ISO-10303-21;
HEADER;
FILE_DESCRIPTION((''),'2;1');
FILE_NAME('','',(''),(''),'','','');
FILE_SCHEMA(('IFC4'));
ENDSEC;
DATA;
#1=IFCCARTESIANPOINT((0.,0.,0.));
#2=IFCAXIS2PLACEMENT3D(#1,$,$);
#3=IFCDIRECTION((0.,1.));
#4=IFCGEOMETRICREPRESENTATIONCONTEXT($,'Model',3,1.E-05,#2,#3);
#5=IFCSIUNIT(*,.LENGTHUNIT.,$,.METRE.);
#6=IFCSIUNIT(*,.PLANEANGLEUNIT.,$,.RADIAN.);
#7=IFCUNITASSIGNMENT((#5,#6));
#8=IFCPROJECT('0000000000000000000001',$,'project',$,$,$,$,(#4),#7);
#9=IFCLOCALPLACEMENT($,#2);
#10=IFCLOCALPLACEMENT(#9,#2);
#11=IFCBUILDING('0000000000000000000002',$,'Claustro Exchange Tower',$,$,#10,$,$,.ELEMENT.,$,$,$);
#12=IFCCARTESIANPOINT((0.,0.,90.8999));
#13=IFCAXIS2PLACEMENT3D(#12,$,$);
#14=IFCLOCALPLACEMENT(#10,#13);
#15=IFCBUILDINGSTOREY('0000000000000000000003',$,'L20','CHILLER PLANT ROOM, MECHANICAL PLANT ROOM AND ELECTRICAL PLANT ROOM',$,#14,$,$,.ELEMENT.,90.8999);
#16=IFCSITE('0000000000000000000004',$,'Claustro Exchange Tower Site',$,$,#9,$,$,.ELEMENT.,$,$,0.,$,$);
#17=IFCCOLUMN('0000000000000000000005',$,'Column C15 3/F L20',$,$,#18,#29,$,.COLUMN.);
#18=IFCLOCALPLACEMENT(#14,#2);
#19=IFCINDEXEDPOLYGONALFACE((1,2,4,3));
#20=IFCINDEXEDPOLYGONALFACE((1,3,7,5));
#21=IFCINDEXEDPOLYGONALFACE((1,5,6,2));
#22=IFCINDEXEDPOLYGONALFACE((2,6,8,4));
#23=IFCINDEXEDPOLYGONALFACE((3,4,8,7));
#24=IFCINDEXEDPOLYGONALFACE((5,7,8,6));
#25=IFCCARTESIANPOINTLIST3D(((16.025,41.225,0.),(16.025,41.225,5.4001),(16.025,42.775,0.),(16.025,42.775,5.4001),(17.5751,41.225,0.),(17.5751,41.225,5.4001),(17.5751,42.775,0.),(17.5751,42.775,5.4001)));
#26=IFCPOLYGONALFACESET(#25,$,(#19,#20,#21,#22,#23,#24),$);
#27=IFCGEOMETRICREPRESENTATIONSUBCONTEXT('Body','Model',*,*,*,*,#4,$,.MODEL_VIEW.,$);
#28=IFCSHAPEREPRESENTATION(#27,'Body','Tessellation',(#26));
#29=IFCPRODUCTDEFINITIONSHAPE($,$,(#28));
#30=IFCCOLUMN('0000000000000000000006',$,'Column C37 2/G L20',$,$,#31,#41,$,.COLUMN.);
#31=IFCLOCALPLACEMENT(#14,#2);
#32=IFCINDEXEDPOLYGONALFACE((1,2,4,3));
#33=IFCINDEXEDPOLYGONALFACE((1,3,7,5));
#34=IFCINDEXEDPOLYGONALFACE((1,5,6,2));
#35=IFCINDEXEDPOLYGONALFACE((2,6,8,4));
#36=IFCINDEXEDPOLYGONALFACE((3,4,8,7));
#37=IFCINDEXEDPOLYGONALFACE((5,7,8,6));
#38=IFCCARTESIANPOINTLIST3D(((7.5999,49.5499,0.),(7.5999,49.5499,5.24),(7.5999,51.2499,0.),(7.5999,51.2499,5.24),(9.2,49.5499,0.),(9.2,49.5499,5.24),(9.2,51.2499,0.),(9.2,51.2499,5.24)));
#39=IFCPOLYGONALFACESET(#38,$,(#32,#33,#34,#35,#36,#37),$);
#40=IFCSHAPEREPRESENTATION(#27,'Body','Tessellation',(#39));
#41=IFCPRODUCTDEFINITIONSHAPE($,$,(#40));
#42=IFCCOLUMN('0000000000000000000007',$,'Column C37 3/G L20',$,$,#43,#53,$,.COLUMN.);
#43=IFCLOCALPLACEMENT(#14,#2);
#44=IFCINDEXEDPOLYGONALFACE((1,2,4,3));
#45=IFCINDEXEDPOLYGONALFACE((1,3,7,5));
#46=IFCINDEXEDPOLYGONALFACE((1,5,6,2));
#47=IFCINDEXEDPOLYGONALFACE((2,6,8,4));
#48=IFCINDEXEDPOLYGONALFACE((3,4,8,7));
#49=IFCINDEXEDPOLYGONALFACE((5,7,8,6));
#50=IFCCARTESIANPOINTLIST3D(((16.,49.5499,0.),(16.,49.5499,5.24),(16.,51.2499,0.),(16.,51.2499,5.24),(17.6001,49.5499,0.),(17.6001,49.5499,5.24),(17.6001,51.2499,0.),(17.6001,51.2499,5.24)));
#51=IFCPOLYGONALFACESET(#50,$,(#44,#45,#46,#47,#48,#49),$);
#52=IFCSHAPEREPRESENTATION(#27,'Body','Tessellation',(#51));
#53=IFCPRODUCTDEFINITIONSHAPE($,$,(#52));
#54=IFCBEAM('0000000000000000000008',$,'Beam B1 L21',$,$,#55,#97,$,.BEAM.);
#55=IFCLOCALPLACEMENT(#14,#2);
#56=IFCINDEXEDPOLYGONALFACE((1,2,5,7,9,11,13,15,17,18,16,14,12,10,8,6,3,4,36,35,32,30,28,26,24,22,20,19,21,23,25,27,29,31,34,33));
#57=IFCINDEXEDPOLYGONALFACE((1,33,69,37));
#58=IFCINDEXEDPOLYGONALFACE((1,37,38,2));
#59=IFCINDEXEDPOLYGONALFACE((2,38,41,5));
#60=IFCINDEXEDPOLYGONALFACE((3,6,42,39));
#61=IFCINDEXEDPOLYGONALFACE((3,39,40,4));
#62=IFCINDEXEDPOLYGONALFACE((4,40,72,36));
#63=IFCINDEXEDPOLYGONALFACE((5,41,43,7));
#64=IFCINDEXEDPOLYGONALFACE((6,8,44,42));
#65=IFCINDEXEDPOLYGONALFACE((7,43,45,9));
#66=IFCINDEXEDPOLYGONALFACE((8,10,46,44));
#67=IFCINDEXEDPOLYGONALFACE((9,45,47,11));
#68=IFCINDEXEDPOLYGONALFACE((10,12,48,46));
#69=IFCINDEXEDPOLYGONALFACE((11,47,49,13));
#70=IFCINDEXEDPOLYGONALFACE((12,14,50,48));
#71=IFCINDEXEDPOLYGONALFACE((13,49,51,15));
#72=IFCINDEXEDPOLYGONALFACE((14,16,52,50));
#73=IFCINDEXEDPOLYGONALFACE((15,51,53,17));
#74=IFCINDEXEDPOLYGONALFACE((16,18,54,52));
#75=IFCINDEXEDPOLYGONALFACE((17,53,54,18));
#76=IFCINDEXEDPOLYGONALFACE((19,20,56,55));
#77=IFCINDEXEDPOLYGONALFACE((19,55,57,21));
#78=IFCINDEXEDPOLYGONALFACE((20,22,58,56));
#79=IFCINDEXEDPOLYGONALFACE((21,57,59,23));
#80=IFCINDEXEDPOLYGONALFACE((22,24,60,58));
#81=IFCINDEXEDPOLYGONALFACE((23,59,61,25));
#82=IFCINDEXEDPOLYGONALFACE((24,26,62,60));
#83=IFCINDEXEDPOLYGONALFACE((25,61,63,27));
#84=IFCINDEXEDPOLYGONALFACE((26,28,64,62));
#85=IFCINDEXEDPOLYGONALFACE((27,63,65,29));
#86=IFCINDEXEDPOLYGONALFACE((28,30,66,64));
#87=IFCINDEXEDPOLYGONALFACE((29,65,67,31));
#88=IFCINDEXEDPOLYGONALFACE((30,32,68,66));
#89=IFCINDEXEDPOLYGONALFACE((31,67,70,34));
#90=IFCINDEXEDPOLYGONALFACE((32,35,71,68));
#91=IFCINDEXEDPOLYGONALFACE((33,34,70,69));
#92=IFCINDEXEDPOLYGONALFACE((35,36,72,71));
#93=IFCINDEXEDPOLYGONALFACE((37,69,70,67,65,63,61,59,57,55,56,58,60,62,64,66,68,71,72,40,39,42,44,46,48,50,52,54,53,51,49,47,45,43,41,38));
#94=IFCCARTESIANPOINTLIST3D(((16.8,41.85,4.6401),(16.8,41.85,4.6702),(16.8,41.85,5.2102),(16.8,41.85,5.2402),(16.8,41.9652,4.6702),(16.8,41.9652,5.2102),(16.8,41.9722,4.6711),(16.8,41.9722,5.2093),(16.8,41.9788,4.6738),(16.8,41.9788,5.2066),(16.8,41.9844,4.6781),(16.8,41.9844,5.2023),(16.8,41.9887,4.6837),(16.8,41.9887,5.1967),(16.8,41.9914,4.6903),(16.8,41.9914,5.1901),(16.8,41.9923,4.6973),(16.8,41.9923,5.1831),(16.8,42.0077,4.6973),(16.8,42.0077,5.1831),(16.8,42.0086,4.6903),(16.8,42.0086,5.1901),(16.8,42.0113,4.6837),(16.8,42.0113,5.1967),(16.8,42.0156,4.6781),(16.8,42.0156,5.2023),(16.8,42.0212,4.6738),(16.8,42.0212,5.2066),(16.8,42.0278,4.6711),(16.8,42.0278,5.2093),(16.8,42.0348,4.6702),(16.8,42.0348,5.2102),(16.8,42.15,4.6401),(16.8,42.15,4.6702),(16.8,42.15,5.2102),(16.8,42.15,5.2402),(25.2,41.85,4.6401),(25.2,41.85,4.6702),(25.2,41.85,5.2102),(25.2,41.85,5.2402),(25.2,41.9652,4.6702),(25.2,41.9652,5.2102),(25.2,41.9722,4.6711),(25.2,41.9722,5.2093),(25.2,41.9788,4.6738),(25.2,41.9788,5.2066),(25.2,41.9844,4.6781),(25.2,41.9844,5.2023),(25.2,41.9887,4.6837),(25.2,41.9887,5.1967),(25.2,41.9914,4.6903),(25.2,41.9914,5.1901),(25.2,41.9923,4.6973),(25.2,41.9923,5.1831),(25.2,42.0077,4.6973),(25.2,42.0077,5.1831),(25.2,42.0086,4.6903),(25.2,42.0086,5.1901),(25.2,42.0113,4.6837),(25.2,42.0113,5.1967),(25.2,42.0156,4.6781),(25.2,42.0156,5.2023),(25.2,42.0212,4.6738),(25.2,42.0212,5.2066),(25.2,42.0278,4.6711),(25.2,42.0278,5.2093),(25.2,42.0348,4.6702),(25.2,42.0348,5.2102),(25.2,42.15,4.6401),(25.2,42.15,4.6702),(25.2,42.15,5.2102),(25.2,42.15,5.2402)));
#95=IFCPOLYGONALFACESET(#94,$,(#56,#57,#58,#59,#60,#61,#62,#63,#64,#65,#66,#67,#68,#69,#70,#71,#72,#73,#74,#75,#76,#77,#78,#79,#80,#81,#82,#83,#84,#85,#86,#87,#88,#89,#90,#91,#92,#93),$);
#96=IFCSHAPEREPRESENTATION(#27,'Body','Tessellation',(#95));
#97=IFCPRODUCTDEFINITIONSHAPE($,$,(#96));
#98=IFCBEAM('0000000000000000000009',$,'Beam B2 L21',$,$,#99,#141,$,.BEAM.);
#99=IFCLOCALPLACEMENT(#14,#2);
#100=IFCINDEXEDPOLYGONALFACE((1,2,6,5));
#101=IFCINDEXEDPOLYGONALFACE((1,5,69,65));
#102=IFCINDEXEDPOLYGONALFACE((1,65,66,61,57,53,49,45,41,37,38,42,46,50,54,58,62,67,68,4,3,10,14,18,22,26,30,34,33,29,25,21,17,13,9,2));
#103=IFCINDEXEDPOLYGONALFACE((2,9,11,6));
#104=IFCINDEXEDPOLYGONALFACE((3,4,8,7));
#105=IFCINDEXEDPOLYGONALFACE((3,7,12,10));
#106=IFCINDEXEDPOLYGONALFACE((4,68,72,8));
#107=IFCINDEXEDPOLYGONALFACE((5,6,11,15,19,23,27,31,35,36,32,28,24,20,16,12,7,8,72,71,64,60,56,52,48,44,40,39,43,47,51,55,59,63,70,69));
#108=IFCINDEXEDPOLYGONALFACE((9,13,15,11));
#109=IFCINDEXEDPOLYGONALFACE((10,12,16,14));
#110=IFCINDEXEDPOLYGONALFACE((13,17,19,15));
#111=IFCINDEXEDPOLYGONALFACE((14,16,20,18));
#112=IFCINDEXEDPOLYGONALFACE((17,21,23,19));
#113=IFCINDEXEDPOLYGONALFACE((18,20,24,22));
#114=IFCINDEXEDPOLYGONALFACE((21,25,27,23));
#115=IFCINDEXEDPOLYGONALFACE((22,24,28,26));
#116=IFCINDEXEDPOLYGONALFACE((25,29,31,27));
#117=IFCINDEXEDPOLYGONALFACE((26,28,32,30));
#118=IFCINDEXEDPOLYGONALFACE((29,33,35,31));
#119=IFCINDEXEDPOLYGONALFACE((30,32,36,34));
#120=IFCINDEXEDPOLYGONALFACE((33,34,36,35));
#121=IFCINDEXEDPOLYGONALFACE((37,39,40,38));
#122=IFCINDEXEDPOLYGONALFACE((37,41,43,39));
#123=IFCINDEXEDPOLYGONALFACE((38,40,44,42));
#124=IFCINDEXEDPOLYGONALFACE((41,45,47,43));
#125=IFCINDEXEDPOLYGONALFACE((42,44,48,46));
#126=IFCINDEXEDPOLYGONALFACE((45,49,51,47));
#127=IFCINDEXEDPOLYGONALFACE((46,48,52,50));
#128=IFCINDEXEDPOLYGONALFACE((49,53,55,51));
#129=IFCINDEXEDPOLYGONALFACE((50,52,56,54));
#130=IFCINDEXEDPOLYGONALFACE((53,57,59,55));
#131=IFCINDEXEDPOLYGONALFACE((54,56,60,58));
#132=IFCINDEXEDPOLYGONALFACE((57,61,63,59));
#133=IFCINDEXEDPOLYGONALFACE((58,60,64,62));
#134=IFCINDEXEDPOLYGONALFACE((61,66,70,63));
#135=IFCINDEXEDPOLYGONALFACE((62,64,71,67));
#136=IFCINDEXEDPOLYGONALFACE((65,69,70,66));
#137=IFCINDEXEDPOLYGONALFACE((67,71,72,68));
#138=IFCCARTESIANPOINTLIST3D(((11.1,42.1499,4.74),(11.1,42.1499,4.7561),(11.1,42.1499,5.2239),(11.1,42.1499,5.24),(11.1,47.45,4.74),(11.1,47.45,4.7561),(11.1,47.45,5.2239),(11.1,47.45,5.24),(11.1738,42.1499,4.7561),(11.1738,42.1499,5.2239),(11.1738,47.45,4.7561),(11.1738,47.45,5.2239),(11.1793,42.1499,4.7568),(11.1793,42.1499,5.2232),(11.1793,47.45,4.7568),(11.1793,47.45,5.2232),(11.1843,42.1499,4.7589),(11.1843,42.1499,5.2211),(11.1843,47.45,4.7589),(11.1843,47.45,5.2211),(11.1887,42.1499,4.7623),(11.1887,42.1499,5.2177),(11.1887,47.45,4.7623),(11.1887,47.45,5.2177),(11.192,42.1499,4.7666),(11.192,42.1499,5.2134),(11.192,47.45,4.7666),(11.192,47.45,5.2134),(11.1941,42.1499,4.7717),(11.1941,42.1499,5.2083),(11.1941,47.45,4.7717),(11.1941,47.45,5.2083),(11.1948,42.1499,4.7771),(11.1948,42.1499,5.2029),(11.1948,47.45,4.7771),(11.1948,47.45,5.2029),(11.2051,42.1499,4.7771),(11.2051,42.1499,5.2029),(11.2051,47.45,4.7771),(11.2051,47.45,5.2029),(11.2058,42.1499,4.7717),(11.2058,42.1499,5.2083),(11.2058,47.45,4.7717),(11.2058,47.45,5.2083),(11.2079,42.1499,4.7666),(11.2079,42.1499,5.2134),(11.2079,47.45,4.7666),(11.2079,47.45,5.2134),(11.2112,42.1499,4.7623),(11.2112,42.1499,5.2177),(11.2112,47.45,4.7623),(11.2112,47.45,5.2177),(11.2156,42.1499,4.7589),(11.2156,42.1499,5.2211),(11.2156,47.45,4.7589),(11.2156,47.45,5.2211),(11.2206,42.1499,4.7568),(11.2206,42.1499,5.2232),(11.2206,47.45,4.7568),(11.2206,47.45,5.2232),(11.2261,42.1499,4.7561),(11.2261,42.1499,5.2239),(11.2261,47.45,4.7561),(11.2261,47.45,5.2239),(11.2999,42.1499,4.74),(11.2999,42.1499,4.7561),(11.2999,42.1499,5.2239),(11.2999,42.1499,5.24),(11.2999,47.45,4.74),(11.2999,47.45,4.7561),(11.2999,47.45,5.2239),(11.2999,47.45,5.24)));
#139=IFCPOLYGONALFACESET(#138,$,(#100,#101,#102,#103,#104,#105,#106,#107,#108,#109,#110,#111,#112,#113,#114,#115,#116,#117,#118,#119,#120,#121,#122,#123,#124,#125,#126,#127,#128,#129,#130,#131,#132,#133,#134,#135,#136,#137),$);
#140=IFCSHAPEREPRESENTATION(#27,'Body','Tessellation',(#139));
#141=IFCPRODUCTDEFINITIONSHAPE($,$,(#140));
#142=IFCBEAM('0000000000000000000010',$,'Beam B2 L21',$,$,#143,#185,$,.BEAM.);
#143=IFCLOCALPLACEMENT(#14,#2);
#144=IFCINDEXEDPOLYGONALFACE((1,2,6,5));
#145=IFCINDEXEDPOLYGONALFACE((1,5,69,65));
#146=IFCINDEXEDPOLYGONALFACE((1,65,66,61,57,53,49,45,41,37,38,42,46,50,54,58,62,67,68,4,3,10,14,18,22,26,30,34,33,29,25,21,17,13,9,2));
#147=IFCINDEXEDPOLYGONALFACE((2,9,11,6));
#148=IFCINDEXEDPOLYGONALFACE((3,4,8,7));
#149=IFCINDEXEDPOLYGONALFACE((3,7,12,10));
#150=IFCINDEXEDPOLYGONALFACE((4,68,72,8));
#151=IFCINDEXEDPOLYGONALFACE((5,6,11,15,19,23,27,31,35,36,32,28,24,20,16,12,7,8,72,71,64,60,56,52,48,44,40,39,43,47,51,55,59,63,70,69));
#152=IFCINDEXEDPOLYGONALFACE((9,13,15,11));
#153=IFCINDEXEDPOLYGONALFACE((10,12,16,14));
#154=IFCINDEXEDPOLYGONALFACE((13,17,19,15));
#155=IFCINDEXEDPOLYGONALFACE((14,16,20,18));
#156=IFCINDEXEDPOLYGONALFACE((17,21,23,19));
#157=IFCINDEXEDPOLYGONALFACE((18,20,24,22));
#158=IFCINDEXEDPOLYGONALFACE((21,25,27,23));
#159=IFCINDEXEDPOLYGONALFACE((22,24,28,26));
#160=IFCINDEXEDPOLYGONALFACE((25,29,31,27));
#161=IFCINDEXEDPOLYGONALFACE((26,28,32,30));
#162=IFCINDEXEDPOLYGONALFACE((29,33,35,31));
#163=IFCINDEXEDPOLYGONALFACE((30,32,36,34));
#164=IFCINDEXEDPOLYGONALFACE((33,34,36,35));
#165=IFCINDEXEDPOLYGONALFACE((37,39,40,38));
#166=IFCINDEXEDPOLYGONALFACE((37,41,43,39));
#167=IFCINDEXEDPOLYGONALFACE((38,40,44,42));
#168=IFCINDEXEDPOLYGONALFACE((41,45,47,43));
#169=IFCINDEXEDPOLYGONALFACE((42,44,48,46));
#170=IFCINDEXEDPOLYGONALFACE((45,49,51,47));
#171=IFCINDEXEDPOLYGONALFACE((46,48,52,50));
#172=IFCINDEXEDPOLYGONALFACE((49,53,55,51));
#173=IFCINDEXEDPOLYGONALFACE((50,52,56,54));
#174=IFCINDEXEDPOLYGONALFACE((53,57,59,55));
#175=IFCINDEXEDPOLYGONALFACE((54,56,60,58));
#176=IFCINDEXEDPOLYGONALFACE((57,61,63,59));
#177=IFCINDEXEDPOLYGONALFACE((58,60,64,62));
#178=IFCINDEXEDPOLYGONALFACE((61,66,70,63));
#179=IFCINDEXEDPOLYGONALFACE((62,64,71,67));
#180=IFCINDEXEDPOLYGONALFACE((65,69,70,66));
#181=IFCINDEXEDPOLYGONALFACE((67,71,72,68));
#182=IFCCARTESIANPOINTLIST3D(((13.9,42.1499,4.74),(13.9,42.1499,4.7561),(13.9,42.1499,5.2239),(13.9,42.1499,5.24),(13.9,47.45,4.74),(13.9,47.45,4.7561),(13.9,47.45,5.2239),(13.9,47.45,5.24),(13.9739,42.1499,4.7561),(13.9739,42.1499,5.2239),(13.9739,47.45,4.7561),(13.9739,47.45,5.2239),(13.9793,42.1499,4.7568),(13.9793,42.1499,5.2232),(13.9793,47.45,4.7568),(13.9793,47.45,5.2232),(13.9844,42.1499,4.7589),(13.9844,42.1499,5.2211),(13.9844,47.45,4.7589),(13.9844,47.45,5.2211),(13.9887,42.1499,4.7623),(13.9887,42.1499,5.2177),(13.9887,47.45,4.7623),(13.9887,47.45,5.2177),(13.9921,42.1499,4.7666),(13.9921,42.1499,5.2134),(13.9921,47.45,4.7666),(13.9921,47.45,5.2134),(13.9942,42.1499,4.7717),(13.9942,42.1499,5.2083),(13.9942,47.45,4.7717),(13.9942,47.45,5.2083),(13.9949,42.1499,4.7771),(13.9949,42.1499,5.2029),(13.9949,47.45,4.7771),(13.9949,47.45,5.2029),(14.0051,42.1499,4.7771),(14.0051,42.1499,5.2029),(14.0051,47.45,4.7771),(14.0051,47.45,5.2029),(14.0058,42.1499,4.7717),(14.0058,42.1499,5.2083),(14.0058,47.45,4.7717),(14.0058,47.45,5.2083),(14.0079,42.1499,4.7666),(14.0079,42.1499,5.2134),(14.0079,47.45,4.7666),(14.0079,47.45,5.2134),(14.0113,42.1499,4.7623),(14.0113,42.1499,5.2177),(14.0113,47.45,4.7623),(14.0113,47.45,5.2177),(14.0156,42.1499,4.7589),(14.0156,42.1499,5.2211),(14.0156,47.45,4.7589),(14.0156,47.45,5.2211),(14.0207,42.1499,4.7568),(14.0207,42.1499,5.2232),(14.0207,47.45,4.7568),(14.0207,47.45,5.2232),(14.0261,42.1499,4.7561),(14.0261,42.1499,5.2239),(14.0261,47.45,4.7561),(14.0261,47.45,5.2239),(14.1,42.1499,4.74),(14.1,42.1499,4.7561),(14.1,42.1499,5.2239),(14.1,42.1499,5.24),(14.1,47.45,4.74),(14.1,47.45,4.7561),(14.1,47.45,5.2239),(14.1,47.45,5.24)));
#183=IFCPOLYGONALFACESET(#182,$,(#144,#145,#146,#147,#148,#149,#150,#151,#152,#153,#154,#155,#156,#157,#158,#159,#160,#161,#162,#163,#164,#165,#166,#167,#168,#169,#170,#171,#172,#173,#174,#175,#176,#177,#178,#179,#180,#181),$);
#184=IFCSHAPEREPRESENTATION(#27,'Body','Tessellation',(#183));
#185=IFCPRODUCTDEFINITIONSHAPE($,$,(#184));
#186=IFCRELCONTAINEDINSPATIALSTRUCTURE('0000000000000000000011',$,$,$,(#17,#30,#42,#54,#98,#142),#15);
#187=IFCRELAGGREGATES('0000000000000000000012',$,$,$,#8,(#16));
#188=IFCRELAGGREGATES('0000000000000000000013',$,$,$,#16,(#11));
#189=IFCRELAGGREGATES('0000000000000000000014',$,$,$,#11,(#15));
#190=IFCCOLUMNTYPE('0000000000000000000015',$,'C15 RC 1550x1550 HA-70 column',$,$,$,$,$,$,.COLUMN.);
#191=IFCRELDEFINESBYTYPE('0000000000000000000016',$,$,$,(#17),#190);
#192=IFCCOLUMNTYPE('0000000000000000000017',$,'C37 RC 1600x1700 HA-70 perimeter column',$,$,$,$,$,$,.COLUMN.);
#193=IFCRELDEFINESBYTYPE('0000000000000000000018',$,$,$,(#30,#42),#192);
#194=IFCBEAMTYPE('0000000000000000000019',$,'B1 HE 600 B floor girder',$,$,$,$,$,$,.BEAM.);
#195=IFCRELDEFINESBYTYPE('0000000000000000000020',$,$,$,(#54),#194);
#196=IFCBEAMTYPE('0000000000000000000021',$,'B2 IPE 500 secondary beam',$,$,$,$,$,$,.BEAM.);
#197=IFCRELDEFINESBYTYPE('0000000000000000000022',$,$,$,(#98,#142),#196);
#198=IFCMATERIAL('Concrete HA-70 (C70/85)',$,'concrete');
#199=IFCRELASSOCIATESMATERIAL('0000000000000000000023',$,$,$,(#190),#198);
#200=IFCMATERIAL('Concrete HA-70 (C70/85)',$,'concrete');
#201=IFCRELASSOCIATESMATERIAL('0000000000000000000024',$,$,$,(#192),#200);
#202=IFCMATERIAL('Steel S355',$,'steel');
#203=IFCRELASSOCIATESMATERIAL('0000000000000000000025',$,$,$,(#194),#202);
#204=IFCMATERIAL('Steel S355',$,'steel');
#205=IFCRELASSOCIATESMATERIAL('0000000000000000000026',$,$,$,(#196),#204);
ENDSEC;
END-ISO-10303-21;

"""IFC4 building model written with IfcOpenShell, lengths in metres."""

from ifc_helpers import new_model, si_unit, direction, frame, origin, origin_2d, place, context, subcontext, project, spatial, rectangle, i_section, extrude, material, material_profile, profile_set, type_object, element, save


model = new_model("IFC4")

# Units and contexts
model_context = context("Model", 3, precision=1e-05, world=origin(), true_north=direction((0.0, 1.0)))
body_context = subcontext(model_context, "Body", "Model", "MODEL_VIEW")
ifc_project = project(units=[si_unit("LENGTHUNIT", "METRE"), si_unit("PLANEANGLEUNIT", "RADIAN")], contexts=[model_context])

# Site, building, storey
site_placement = place(None, origin())
site = spatial("IfcSite", under=ifc_project, at=site_placement, Name="Claustro Exchange Tower Site", CompositionType="ELEMENT", RefElevation=0.0)
building_placement = place(site_placement, origin())
building = spatial("IfcBuilding", under=site, at=building_placement, Name="Claustro Exchange Tower", CompositionType="ELEMENT")
storey_placement = place(building_placement, frame((0.0, 0.0, 90.8999)))
storey = spatial("IfcBuildingStorey", under=building, at=storey_placement, Name="L20", Description="CHILLER PLANT ROOM, MECHANICAL PLANT ROOM AND ELECTRICAL PLANT ROOM", CompositionType="ELEMENT", Elevation=90.8999)

# Columns
ifc_material_1 = material(Name="Concrete HA-70 (C70/85)", Category="concrete")
ifc_material_profile_1 = material_profile(ifc_material_1, rectangle(XDim=1.55, YDim=1.55, at=origin_2d()), Name="RC 1550x1550")
ifc_profile_set_1 = profile_set([ifc_material_profile_1], Name="Concrete HA-70 (C70/85)")
column_type_1 = type_object("IfcColumnType", Name="C15 RC 1550x1550 HA-70 column", PredefinedType="COLUMN", material=ifc_profile_set_1)
column_placement = place(storey_placement, frame((16.8, 42.0, 0.0), z_axis=(0.0, 0.0, 1.0), x_axis=(1.0, 0.0, 0.0)))
element("IfcColumn", 1, at=column_placement, inside=storey, type_object=column_type_1, Name="Column C15 3/F L20", PredefinedType="COLUMN", context=body_context, shape_type="SweptSolid", body=[
    extrude(rectangle(XDim=1.55, YDim=1.55, at=origin_2d()), origin(), (0.0, 0.0, 1.0), 5.4001),
])
ifc_material_2 = material(Name="Concrete HA-70 (C70/85)", Category="concrete")
ifc_material_profile_2 = material_profile(ifc_material_2, rectangle(XDim=1.6001, YDim=1.7, at=origin_2d()), Name="RC 1600x1700")
ifc_profile_set_2 = profile_set([ifc_material_profile_2], Name="Concrete HA-70 (C70/85)")
column_type_2 = type_object("IfcColumnType", Name="C37 RC 1600x1700 HA-70 perimeter column", PredefinedType="COLUMN", material=ifc_profile_set_2)
for number, where, z_axis, x_axis, name in (
    (2, (8.3999, 50.3999, 0.0), (0.0, 0.0, 1.0), (1.0, 0.0, 0.0), "Column C37 2/G L20"),
    (3, (16.8, 50.3999, 0.0), (0.0, 0.0, 1.0), (1.0, 0.0, 0.0), "Column C37 3/G L20"),
):
    element("IfcColumn", number, at=place(storey_placement, frame(where, z_axis=z_axis, x_axis=x_axis)), inside=storey, type_object=column_type_2, Name=name, PredefinedType="COLUMN", context=body_context, shape_type="SweptSolid", body=[
        extrude(rectangle(XDim=1.6001, YDim=1.7, at=origin_2d()), origin(), (0.0, 0.0, 1.0), 5.24),
    ])

# Beams
ifc_material_3 = material(Name="Steel S355", Category="steel")
ifc_material_profile_3 = material_profile(ifc_material_3, i_section(OverallWidth=0.3, OverallDepth=0.6001, WebThickness=0.0154, FlangeThickness=0.03, FilletRadius=0.0271, at=origin_2d()), Name="HE 600 B")
ifc_profile_set_3 = profile_set([ifc_material_profile_3], Name="Steel S355")
beam_type_1 = type_object("IfcBeamType", Name="B1 HE 600 B floor girder", PredefinedType="BEAM", material=ifc_profile_set_3)
beam_1_placement = place(storey_placement, frame((16.8, 42.0, 4.9402), z_axis=(1.0, 0.0, 0.0), x_axis=(0.0, 1.0, 0.0)))
element("IfcBeam", 4, at=beam_1_placement, inside=storey, type_object=beam_type_1, Name="Beam B1 L21", PredefinedType="BEAM", context=body_context, shape_type="SweptSolid", body=[
    extrude(i_section(OverallWidth=0.3, OverallDepth=0.6001, WebThickness=0.0154, FlangeThickness=0.03, FilletRadius=0.0271, at=origin_2d()), origin(), (0.0, 0.0, 1.0), 8.3999),
])
ifc_material_4 = material(Name="Steel S355", Category="steel")
ifc_material_profile_4 = material_profile(ifc_material_4, i_section(OverallWidth=0.2, OverallDepth=0.5, WebThickness=0.0103, FlangeThickness=0.0161, FilletRadius=0.021, at=origin_2d()), Name="IPE 500")
ifc_profile_set_4 = profile_set([ifc_material_profile_4], Name="Steel S355")
beam_type_2 = type_object("IfcBeamType", Name="B2 IPE 500 secondary beam", PredefinedType="BEAM", material=ifc_profile_set_4)
for number, where, z_axis, x_axis, name in (
    (5, (11.2, 42.1499, 4.99), (0.0, 1.0, 0.0), (-1.0, 0.0, 0.0), "Beam B2 L21"),
    (6, (14.0, 42.1499, 4.99), (0.0, 1.0, 0.0), (-1.0, 0.0, 0.0), "Beam B2 L21"),
):
    element("IfcBeam", number, at=place(storey_placement, frame(where, z_axis=z_axis, x_axis=x_axis)), inside=storey, type_object=beam_type_2, Name=name, PredefinedType="BEAM", context=body_context, shape_type="SweptSolid", body=[
        extrude(i_section(OverallWidth=0.2, OverallDepth=0.5, WebThickness=0.0103, FlangeThickness=0.0161, FilletRadius=0.021, at=origin_2d()), origin(), (0.0, 0.0, 1.0), 5.3),
    ])

save(model, "model.ifc")
